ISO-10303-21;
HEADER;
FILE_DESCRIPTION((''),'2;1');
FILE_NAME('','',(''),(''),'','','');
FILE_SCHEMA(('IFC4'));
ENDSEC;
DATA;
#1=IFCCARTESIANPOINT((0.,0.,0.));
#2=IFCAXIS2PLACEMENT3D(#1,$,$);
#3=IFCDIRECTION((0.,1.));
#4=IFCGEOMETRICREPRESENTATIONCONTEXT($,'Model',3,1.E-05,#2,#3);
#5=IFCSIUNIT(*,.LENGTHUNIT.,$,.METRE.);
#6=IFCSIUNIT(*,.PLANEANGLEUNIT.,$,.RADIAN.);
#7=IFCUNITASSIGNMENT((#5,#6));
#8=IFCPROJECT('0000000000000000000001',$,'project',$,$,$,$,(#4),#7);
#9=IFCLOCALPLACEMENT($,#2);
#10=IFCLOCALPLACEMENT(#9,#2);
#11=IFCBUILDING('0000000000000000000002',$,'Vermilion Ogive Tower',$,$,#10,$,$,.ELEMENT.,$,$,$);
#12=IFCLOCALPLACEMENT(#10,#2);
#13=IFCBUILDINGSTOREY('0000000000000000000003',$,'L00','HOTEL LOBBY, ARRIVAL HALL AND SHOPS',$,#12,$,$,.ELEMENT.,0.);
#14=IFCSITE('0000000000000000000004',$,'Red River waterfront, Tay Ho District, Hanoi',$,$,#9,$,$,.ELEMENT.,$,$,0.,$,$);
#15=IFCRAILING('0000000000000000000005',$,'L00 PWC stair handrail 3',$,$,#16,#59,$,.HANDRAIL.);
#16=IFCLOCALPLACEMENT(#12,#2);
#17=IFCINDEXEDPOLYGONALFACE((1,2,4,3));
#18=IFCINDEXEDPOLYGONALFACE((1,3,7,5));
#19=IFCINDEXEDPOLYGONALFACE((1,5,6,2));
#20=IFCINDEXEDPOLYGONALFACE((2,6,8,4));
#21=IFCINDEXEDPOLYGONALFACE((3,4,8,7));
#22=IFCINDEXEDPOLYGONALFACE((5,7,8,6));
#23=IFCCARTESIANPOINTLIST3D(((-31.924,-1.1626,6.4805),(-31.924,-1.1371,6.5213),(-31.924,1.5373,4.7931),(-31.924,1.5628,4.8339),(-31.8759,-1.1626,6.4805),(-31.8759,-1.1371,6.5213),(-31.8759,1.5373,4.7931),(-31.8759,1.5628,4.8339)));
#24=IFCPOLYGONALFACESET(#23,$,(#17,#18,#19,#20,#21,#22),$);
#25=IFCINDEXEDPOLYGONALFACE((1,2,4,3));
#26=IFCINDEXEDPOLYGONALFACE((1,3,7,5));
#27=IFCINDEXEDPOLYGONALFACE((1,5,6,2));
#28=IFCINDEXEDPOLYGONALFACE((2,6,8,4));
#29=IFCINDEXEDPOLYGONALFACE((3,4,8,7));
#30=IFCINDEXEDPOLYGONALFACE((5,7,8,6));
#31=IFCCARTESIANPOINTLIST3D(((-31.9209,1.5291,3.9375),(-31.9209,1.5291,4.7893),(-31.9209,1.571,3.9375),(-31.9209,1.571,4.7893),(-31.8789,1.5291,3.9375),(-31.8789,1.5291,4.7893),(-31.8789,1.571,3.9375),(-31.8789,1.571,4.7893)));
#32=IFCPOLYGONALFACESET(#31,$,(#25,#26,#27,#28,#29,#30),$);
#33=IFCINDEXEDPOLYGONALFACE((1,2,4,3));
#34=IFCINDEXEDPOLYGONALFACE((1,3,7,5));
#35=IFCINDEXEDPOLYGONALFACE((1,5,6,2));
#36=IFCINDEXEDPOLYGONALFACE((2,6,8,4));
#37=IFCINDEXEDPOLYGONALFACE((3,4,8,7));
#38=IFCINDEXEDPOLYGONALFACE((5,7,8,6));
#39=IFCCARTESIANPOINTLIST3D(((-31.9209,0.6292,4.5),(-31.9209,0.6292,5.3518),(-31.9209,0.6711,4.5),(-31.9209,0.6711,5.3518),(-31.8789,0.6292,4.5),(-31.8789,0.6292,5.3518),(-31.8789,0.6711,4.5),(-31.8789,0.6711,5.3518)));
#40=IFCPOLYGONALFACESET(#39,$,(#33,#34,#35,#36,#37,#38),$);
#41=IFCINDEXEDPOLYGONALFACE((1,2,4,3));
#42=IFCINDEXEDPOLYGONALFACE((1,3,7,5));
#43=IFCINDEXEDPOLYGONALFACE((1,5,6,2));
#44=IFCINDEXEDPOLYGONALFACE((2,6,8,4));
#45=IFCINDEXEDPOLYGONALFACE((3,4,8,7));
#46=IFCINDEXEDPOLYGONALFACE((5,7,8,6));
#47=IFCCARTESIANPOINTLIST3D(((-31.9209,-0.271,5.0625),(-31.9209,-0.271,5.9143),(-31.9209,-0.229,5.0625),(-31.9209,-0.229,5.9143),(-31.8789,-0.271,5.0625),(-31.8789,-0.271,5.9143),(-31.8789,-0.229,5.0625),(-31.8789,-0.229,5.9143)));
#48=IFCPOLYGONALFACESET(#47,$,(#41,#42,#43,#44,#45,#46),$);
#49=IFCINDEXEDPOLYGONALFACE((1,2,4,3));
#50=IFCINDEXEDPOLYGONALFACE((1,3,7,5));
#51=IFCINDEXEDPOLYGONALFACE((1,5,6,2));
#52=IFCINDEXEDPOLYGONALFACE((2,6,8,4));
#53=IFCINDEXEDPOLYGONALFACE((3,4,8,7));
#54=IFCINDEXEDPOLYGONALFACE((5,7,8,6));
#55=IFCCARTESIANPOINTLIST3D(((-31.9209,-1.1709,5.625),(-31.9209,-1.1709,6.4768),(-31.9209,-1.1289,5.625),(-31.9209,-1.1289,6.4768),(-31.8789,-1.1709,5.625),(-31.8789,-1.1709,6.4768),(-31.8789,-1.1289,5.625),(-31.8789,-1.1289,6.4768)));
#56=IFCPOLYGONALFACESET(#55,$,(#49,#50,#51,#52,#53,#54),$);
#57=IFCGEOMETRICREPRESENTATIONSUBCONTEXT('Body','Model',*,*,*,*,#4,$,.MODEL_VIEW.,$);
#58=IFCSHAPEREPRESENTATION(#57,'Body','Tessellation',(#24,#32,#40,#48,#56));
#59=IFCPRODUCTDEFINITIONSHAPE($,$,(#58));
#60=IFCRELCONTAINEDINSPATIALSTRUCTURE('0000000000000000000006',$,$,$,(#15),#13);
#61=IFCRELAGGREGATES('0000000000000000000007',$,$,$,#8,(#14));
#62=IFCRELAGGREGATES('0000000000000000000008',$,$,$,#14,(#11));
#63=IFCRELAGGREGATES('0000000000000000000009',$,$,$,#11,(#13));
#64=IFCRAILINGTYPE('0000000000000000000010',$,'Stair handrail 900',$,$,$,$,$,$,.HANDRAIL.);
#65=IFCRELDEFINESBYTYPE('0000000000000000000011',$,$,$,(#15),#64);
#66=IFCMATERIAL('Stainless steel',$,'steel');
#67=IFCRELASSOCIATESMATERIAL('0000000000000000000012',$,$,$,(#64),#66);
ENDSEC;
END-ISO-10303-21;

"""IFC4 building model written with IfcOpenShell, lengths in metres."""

from ifc_helpers import new_model, si_unit, direction, frame, origin, origin_2d, place, context, subcontext, project, spatial, rectangle, extrude, material, type_object, element, save


model = new_model("IFC4")

# Units and contexts
model_context = context("Model", 3, precision=1e-05, world=origin(), true_north=direction((0.0, 1.0)))
body_context = subcontext(model_context, "Body", "Model", "MODEL_VIEW")
ifc_project = project(units=[si_unit("LENGTHUNIT", "METRE"), si_unit("PLANEANGLEUNIT", "RADIAN")], contexts=[model_context])

# Site, building, storey
site_placement = place(None, origin())
site = spatial("IfcSite", under=ifc_project, at=site_placement, Name="Red River waterfront, Tay Ho District, Hanoi", CompositionType="ELEMENT", RefElevation=0.0)
building_placement = place(site_placement, origin())
building = spatial("IfcBuilding", under=site, at=building_placement, Name="Vermilion Ogive Tower", CompositionType="ELEMENT")
storey_placement = place(building_placement, origin())
storey = spatial("IfcBuildingStorey", under=building, at=storey_placement, Name="L00", Description="HOTEL LOBBY, ARRIVAL HALL AND SHOPS", CompositionType="ELEMENT", Elevation=0.0)

# Railing
ifc_material_1 = material(Name="Stainless steel", Category="steel")
railing_type_1 = type_object("IfcRailingType", Name="Stair handrail 900", PredefinedType="HANDRAIL", material=ifc_material_1)
for number, where, name in (
    (1, (-31.8999, 1.55, 3.9375), "L00 PWC stair handrail 3"),
):
    element("IfcRailing", number, at=place(storey_placement, frame(where)), inside=storey, type_object=railing_type_1, Name=name, PredefinedType="HANDRAIL", context=body_context, shape_type="SweptSolid", body=[
        extrude(rectangle(XDim=0.0481, YDim=0.0481, at=origin_2d()), frame((0.0, 0.0, 0.876), z_axis=(0.0, -0.847994, 0.530006), x_axis=(1.0, 0.0, 0.0)), (0.0, 0.0, 1.0), 3.1838),
        extrude(rectangle(XDim=0.042, YDim=0.042, at=origin_2d()), origin(), (0.0, 0.0, 1.0), 0.8518),
        extrude(rectangle(XDim=0.042, YDim=0.042, at=origin_2d()), frame((0.0, -0.8999, 0.5625)), (0.0, 0.0, 1.0), 0.8518),
        extrude(rectangle(XDim=0.042, YDim=0.042, at=origin_2d()), frame((0.0, -1.8, 1.125)), (0.0, 0.0, 1.0), 0.8518),
        extrude(rectangle(XDim=0.042, YDim=0.042, at=origin_2d()), frame((0.0, -2.7, 1.6875)), (0.0, 0.0, 1.0), 0.8518),
    ])

save(model, "model.ifc")
